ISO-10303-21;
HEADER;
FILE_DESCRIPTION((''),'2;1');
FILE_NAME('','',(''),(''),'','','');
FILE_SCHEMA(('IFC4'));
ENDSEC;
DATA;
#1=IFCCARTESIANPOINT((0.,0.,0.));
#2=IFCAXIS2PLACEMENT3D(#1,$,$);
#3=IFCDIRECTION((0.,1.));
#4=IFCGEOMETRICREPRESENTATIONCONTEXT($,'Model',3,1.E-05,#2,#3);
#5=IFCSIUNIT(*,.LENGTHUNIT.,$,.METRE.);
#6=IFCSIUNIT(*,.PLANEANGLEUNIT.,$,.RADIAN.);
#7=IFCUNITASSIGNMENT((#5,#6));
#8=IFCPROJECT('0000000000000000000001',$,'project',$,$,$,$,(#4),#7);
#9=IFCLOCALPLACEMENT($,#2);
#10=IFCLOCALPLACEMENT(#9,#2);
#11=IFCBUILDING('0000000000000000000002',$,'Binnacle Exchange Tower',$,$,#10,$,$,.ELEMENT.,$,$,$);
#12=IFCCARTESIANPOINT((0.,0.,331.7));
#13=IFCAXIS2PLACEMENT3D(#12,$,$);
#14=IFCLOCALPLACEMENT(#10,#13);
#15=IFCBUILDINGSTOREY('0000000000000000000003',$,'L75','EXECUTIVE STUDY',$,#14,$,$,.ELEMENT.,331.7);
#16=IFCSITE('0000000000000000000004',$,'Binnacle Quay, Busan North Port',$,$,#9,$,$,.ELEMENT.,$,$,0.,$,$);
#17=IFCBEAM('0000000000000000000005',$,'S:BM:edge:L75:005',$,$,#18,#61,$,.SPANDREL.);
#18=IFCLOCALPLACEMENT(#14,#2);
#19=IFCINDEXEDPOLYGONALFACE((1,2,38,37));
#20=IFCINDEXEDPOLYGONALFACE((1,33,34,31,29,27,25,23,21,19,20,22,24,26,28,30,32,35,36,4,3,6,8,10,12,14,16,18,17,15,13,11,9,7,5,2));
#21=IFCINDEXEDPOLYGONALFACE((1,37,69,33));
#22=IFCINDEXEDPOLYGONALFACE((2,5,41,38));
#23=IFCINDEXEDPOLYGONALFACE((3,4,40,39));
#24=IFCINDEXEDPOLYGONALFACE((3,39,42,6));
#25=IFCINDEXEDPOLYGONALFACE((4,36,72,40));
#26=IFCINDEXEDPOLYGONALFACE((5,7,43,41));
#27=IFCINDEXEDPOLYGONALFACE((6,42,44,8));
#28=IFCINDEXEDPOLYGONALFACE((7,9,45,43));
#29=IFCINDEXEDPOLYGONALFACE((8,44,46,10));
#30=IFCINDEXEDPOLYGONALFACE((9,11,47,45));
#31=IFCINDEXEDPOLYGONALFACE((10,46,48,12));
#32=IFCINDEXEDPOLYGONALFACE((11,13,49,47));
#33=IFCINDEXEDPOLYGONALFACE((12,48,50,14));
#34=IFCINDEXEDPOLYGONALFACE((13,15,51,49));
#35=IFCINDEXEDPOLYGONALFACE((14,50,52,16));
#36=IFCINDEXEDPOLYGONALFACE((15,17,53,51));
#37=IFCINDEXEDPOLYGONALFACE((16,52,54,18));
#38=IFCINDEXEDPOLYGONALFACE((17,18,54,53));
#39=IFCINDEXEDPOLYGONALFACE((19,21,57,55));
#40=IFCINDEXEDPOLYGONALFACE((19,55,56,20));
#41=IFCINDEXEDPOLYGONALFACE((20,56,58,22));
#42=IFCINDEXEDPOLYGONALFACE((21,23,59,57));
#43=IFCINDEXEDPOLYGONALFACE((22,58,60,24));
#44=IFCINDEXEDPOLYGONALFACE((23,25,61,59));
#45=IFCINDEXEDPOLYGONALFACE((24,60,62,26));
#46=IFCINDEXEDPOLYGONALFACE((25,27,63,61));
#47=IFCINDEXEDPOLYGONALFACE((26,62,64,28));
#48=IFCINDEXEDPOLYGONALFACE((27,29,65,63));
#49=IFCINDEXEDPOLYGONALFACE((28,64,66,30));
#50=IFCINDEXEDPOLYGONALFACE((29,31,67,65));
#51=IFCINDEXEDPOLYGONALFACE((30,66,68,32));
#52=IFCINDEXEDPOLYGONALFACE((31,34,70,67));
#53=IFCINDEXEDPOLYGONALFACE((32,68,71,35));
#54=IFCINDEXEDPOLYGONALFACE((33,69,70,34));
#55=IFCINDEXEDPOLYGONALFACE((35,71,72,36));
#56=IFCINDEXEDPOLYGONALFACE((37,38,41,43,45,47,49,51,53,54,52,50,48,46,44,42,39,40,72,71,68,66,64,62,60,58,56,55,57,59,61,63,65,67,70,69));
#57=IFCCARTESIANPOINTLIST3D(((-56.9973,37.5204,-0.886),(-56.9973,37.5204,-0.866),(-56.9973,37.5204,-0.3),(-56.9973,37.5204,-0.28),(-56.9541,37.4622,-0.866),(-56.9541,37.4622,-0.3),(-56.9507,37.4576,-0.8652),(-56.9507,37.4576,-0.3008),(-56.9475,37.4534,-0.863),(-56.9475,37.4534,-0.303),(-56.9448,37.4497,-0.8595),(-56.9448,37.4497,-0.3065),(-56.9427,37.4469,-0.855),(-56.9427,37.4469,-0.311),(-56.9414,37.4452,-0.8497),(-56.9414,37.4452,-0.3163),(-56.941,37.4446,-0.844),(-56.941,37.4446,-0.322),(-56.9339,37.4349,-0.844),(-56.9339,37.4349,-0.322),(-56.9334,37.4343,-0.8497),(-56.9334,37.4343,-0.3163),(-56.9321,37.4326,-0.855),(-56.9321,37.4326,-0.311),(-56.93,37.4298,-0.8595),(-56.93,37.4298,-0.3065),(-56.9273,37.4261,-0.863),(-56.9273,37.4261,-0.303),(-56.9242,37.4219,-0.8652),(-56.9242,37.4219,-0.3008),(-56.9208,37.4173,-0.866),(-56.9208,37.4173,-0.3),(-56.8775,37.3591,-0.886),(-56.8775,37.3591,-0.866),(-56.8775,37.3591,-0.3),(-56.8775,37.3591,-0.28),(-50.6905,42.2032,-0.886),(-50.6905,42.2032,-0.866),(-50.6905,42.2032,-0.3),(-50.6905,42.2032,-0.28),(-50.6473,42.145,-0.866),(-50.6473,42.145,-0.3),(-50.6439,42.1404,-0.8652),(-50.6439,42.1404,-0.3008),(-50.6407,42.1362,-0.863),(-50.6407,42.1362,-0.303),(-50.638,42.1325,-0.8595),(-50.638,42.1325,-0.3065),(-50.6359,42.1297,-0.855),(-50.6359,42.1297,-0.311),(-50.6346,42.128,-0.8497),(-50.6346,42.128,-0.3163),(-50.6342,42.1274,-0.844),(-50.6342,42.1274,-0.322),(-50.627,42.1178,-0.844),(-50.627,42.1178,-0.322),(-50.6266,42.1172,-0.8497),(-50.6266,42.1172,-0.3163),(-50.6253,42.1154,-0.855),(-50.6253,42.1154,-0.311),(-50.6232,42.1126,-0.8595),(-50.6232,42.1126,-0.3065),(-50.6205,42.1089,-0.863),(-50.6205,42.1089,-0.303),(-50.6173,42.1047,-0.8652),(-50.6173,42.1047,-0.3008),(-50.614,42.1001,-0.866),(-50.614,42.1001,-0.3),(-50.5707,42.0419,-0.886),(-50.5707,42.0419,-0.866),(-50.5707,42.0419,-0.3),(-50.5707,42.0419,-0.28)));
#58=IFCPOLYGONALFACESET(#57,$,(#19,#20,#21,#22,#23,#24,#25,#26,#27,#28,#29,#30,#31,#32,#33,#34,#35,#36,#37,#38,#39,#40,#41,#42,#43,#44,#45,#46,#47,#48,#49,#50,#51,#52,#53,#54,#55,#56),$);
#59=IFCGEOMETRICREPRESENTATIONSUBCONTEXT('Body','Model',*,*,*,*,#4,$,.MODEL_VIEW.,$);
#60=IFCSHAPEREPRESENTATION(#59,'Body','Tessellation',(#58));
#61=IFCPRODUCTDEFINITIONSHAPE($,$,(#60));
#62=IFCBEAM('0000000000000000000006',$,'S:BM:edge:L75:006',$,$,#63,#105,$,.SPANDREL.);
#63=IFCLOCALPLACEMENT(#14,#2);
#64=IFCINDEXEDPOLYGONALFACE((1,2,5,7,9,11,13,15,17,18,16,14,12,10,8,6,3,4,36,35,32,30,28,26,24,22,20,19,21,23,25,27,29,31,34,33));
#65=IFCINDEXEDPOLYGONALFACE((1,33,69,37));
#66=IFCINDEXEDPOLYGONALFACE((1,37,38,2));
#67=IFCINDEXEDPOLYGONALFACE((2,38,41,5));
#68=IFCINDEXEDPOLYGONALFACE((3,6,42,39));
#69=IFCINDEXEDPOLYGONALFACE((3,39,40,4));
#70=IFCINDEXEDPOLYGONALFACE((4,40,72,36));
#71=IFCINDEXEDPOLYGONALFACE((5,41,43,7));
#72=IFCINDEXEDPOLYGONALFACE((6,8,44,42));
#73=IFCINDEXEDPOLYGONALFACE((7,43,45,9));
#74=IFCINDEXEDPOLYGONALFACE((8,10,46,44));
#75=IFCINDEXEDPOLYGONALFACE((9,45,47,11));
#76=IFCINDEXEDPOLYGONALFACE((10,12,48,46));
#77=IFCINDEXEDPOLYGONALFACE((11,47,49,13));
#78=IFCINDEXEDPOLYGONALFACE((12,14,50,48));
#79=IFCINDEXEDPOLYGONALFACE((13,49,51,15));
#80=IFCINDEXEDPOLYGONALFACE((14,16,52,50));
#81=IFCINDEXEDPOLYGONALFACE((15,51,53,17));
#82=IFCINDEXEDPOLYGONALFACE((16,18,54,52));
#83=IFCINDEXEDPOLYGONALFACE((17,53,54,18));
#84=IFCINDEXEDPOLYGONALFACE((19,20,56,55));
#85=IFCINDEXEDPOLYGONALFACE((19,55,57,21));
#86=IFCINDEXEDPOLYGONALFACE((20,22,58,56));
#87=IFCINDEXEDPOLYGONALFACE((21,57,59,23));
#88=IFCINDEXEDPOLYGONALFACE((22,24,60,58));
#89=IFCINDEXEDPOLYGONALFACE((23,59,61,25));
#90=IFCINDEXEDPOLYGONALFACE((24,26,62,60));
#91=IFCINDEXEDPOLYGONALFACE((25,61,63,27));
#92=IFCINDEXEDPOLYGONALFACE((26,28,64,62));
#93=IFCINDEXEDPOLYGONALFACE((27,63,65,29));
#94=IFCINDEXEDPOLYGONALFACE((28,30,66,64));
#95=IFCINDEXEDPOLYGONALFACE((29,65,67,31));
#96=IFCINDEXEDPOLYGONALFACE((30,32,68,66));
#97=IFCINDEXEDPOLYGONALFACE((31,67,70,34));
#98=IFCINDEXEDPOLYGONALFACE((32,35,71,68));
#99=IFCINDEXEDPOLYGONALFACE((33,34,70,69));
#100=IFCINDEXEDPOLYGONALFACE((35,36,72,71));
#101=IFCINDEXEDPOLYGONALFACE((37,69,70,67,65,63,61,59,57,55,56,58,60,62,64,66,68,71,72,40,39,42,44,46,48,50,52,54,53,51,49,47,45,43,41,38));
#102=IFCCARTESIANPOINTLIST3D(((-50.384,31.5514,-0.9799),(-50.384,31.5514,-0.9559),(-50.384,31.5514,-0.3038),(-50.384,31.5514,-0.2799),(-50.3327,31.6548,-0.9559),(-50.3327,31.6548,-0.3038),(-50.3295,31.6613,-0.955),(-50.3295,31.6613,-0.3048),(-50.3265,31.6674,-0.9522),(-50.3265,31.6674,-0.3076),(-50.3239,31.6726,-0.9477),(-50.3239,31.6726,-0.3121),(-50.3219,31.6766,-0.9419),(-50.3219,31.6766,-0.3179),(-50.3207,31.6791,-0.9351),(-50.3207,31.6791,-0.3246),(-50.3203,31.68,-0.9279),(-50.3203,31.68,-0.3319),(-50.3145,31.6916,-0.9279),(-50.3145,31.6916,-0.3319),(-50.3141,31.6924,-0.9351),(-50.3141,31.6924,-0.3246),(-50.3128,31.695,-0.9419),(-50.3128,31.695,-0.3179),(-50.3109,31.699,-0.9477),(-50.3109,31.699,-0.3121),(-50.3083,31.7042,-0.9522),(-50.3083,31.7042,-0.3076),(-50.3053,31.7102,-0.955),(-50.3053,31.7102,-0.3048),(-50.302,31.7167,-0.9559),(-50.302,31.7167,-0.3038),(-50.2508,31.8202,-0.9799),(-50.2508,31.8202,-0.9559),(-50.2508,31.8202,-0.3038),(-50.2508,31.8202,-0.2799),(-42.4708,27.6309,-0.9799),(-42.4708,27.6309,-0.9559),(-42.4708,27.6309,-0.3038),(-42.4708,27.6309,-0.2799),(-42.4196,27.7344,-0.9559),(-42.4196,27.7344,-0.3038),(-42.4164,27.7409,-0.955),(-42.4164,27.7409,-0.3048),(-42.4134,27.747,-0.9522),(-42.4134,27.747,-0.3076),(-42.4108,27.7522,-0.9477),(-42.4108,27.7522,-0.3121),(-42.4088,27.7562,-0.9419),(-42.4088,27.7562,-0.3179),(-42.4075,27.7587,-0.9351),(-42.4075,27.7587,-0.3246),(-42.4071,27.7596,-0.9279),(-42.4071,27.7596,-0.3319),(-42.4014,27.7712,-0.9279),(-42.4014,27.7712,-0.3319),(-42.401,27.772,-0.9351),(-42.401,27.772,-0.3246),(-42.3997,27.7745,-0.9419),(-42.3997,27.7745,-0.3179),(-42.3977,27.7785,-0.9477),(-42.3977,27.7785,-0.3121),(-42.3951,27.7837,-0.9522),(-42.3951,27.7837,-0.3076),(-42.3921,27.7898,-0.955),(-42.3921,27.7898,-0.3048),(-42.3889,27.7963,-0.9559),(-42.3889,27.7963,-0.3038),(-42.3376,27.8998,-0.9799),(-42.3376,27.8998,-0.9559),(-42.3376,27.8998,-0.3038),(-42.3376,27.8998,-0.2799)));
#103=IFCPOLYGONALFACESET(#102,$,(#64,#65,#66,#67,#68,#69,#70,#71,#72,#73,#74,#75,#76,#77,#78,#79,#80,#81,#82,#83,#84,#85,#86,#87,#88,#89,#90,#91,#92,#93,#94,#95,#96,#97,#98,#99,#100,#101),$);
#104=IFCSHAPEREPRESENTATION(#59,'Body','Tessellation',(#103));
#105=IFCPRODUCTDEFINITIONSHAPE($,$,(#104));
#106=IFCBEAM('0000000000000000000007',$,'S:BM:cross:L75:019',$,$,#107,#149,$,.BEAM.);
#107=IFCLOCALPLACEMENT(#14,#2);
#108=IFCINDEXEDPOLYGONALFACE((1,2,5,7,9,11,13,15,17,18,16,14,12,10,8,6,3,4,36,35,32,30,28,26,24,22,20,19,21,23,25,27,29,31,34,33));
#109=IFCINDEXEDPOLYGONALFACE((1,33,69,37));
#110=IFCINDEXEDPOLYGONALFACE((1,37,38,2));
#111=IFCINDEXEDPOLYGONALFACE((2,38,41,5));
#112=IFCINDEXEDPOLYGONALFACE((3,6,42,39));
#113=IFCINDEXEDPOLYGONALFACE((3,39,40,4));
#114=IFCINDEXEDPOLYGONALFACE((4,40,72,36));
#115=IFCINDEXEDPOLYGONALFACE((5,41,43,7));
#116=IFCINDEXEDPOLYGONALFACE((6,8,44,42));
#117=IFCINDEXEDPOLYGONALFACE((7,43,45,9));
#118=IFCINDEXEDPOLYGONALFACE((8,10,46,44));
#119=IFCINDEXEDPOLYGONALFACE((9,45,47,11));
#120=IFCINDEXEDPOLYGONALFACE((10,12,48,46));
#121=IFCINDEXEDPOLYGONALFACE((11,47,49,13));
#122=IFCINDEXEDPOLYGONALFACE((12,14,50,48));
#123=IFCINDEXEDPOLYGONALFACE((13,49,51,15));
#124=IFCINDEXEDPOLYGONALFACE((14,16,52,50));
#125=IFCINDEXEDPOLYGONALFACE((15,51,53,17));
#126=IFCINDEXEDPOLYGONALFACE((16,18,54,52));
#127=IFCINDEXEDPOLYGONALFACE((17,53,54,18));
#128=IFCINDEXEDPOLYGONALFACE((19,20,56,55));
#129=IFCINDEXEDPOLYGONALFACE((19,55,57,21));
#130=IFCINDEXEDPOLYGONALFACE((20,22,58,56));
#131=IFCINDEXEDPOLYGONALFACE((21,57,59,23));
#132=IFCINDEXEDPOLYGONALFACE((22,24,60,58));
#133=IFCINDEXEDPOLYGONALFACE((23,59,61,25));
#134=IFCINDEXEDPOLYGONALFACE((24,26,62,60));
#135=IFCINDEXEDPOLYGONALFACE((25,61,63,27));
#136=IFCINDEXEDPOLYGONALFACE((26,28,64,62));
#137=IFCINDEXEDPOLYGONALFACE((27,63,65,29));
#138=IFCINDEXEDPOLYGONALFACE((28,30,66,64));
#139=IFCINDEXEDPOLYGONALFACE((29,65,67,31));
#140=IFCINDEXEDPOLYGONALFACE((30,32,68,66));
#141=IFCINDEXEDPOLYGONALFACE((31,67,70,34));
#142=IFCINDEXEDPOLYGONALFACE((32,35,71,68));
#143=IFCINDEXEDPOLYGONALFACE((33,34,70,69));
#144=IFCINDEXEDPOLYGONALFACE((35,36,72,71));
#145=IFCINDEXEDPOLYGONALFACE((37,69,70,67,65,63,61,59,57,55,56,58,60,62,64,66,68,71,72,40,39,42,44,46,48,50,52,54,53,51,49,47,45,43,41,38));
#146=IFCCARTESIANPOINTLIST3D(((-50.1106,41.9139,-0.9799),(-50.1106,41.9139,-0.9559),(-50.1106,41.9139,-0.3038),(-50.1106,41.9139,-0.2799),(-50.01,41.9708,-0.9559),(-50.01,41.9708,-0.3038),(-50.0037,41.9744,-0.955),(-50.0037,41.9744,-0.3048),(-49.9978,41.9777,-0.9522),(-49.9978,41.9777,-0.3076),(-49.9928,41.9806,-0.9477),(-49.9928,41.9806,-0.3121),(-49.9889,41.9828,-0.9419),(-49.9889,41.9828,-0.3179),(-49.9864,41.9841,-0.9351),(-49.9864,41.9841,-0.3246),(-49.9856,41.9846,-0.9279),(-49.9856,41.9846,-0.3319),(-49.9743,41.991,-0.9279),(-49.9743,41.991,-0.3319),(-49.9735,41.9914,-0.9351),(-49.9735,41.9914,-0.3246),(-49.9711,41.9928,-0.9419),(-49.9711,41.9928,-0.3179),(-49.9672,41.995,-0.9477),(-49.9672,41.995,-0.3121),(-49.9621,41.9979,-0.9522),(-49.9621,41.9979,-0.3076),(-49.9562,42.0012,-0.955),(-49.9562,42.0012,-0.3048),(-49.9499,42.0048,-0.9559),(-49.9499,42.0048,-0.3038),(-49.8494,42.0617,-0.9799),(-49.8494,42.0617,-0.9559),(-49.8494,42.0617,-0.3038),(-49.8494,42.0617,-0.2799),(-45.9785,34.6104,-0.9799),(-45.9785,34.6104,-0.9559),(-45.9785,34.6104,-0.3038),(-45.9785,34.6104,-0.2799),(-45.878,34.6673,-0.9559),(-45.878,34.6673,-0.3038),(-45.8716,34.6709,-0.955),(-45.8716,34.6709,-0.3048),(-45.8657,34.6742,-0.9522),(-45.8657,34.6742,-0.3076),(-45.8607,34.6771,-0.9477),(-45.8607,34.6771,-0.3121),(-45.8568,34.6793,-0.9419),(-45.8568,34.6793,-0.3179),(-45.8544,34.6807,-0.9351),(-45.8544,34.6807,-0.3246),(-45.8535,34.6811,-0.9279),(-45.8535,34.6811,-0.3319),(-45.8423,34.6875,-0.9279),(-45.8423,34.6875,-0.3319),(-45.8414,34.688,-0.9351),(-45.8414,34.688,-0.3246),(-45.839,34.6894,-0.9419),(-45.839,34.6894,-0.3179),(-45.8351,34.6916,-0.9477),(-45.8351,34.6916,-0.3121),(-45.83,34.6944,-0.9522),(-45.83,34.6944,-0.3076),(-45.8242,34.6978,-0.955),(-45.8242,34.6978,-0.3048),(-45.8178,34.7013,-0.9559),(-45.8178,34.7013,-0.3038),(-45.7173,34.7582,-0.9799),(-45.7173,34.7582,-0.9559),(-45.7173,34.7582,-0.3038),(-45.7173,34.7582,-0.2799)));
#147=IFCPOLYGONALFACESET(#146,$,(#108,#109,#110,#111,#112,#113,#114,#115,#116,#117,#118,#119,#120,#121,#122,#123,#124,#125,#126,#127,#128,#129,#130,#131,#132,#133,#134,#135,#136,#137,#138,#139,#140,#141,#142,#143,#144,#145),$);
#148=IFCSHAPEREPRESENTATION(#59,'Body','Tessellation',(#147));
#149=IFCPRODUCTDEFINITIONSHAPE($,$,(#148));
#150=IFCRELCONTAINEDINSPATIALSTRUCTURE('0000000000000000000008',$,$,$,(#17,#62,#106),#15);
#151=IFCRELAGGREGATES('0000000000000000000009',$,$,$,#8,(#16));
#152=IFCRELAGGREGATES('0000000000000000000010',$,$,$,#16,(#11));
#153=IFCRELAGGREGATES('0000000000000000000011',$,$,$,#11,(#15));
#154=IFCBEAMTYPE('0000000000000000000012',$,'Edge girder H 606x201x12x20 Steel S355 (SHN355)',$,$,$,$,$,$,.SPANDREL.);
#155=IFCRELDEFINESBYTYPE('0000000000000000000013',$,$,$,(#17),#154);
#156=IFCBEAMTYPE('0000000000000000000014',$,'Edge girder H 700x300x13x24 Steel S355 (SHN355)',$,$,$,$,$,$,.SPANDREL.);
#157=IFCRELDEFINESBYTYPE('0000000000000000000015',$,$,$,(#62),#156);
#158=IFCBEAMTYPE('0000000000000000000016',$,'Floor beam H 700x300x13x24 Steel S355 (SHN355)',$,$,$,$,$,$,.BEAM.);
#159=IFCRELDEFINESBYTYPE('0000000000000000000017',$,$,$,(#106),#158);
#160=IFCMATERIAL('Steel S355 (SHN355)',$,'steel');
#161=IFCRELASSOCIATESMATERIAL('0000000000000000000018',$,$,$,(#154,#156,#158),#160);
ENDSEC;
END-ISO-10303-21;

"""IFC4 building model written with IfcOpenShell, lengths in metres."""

from ifc_helpers import new_model, si_unit, direction, frame, origin, origin_2d, place, context, subcontext, project, spatial, i_section, extrude, material, material_profile, profile_set, type_object, element, save


model = new_model("IFC4")

# Units and contexts
model_context = context("Model", 3, precision=1e-05, world=origin(), true_north=direction((0.0, 1.0)))
body_context = subcontext(model_context, "Body", "Model", "MODEL_VIEW")
ifc_project = project(units=[si_unit("LENGTHUNIT", "METRE"), si_unit("PLANEANGLEUNIT", "RADIAN")], contexts=[model_context])

# Site, building, storey
site_placement = place(None, origin())
site = spatial("IfcSite", under=ifc_project, at=site_placement, Name="Binnacle Quay, Busan North Port", CompositionType="ELEMENT", RefElevation=0.0)
building_placement = place(site_placement, origin())
building = spatial("IfcBuilding", under=site, at=building_placement, Name="Binnacle Exchange Tower", CompositionType="ELEMENT")
storey_placement = place(building_placement, frame((0.0, 0.0, 331.7)))
storey = spatial("IfcBuildingStorey", under=building, at=storey_placement, Name="L75", Description="EXECUTIVE STUDY", CompositionType="ELEMENT", Elevation=331.7)

# Beams
ifc_material_1 = material(Name="Steel S355 (SHN355)", Category="steel")
ifc_material_profile_1 = material_profile(ifc_material_1, i_section(OverallWidth=0.2009, OverallDepth=0.606, WebThickness=0.012, FlangeThickness=0.02, FilletRadius=0.022, at=origin_2d()), Name="H 606x201x12x20")
ifc_profile_set_1 = profile_set([ifc_material_profile_1], Name="Steel S355 (SHN355)")
beam_type_1 = type_object("IfcBeamType", Name="Edge girder H 606x201x12x20 Steel S355 (SHN355)", PredefinedType="SPANDREL", material=ifc_profile_set_1)
beam_1_placement = place(storey_placement, frame((-50.6306, 42.1226, -0.583), z_axis=(-0.802881, -0.596139, 0.0), x_axis=(0.596139, -0.802881, 0.0)))
element("IfcBeam", 1, at=beam_1_placement, inside=storey, type_object=beam_type_1, Name="S:BM:edge:L75:005", PredefinedType="SPANDREL", context=body_context, shape_type="SweptSolid", body=[
    extrude(i_section(OverallWidth=0.2009, OverallDepth=0.606, WebThickness=0.012, FlangeThickness=0.02, FilletRadius=0.022, at=origin_2d()), origin(), (0.0, 0.0, 1.0), 7.8552),
])
ifc_material_profile_2 = material_profile(ifc_material_1, i_section(OverallWidth=0.3, OverallDepth=0.7, WebThickness=0.0129, FlangeThickness=0.0239, FilletRadius=0.0281, at=origin_2d()), Name="H 700x300x13x24")
ifc_profile_set_2 = profile_set([ifc_material_profile_2], Name="Steel S355 (SHN355)")
beam_type_2 = type_object("IfcBeamType", Name="Edge girder H 700x300x13x24 Steel S355 (SHN355)", PredefinedType="SPANDREL", material=ifc_profile_set_2)
beam_2_placement = place(storey_placement, frame((-50.3174, 31.6858, -0.6299), z_axis=(0.896058, -0.443937, 0.0), x_axis=(0.443937, 0.896058, 0.0)))
element("IfcBeam", 2, at=beam_2_placement, inside=storey, type_object=beam_type_2, Name="S:BM:edge:L75:006", PredefinedType="SPANDREL", context=body_context, shape_type="SweptSolid", body=[
    extrude(i_section(OverallWidth=0.3, OverallDepth=0.7, WebThickness=0.0129, FlangeThickness=0.0239, FilletRadius=0.0281, at=origin_2d()), origin(), (0.0, 0.0, 1.0), 8.8311),
])
ifc_material_profile_3 = material_profile(ifc_material_1, i_section(OverallWidth=0.3, OverallDepth=0.7, WebThickness=0.0129, FlangeThickness=0.0239, FilletRadius=0.0281, at=origin_2d()), Name="H 700x300x13x24")
ifc_profile_set_3 = profile_set([ifc_material_profile_3], Name="Steel S355 (SHN355)")
beam_type_3 = type_object("IfcBeamType", Name="Floor beam H 700x300x13x24 Steel S355 (SHN355)", PredefinedType="BEAM", material=ifc_profile_set_3)
beam_3_placement = place(storey_placement, frame((-49.98, 41.9878, -0.6299), z_axis=(0.492422, -0.870357, 0.0), x_axis=(0.870357, 0.492422, 0.0)))
element("IfcBeam", 3, at=beam_3_placement, inside=storey, type_object=beam_type_3, Name="S:BM:cross:L75:019", PredefinedType="BEAM", context=body_context, shape_type="SweptSolid", body=[
    extrude(i_section(OverallWidth=0.3, OverallDepth=0.7, WebThickness=0.0129, FlangeThickness=0.0239, FilletRadius=0.0281, at=origin_2d()), origin(), (0.0, 0.0, 1.0), 8.3914),
])

save(model, "model.ifc")
